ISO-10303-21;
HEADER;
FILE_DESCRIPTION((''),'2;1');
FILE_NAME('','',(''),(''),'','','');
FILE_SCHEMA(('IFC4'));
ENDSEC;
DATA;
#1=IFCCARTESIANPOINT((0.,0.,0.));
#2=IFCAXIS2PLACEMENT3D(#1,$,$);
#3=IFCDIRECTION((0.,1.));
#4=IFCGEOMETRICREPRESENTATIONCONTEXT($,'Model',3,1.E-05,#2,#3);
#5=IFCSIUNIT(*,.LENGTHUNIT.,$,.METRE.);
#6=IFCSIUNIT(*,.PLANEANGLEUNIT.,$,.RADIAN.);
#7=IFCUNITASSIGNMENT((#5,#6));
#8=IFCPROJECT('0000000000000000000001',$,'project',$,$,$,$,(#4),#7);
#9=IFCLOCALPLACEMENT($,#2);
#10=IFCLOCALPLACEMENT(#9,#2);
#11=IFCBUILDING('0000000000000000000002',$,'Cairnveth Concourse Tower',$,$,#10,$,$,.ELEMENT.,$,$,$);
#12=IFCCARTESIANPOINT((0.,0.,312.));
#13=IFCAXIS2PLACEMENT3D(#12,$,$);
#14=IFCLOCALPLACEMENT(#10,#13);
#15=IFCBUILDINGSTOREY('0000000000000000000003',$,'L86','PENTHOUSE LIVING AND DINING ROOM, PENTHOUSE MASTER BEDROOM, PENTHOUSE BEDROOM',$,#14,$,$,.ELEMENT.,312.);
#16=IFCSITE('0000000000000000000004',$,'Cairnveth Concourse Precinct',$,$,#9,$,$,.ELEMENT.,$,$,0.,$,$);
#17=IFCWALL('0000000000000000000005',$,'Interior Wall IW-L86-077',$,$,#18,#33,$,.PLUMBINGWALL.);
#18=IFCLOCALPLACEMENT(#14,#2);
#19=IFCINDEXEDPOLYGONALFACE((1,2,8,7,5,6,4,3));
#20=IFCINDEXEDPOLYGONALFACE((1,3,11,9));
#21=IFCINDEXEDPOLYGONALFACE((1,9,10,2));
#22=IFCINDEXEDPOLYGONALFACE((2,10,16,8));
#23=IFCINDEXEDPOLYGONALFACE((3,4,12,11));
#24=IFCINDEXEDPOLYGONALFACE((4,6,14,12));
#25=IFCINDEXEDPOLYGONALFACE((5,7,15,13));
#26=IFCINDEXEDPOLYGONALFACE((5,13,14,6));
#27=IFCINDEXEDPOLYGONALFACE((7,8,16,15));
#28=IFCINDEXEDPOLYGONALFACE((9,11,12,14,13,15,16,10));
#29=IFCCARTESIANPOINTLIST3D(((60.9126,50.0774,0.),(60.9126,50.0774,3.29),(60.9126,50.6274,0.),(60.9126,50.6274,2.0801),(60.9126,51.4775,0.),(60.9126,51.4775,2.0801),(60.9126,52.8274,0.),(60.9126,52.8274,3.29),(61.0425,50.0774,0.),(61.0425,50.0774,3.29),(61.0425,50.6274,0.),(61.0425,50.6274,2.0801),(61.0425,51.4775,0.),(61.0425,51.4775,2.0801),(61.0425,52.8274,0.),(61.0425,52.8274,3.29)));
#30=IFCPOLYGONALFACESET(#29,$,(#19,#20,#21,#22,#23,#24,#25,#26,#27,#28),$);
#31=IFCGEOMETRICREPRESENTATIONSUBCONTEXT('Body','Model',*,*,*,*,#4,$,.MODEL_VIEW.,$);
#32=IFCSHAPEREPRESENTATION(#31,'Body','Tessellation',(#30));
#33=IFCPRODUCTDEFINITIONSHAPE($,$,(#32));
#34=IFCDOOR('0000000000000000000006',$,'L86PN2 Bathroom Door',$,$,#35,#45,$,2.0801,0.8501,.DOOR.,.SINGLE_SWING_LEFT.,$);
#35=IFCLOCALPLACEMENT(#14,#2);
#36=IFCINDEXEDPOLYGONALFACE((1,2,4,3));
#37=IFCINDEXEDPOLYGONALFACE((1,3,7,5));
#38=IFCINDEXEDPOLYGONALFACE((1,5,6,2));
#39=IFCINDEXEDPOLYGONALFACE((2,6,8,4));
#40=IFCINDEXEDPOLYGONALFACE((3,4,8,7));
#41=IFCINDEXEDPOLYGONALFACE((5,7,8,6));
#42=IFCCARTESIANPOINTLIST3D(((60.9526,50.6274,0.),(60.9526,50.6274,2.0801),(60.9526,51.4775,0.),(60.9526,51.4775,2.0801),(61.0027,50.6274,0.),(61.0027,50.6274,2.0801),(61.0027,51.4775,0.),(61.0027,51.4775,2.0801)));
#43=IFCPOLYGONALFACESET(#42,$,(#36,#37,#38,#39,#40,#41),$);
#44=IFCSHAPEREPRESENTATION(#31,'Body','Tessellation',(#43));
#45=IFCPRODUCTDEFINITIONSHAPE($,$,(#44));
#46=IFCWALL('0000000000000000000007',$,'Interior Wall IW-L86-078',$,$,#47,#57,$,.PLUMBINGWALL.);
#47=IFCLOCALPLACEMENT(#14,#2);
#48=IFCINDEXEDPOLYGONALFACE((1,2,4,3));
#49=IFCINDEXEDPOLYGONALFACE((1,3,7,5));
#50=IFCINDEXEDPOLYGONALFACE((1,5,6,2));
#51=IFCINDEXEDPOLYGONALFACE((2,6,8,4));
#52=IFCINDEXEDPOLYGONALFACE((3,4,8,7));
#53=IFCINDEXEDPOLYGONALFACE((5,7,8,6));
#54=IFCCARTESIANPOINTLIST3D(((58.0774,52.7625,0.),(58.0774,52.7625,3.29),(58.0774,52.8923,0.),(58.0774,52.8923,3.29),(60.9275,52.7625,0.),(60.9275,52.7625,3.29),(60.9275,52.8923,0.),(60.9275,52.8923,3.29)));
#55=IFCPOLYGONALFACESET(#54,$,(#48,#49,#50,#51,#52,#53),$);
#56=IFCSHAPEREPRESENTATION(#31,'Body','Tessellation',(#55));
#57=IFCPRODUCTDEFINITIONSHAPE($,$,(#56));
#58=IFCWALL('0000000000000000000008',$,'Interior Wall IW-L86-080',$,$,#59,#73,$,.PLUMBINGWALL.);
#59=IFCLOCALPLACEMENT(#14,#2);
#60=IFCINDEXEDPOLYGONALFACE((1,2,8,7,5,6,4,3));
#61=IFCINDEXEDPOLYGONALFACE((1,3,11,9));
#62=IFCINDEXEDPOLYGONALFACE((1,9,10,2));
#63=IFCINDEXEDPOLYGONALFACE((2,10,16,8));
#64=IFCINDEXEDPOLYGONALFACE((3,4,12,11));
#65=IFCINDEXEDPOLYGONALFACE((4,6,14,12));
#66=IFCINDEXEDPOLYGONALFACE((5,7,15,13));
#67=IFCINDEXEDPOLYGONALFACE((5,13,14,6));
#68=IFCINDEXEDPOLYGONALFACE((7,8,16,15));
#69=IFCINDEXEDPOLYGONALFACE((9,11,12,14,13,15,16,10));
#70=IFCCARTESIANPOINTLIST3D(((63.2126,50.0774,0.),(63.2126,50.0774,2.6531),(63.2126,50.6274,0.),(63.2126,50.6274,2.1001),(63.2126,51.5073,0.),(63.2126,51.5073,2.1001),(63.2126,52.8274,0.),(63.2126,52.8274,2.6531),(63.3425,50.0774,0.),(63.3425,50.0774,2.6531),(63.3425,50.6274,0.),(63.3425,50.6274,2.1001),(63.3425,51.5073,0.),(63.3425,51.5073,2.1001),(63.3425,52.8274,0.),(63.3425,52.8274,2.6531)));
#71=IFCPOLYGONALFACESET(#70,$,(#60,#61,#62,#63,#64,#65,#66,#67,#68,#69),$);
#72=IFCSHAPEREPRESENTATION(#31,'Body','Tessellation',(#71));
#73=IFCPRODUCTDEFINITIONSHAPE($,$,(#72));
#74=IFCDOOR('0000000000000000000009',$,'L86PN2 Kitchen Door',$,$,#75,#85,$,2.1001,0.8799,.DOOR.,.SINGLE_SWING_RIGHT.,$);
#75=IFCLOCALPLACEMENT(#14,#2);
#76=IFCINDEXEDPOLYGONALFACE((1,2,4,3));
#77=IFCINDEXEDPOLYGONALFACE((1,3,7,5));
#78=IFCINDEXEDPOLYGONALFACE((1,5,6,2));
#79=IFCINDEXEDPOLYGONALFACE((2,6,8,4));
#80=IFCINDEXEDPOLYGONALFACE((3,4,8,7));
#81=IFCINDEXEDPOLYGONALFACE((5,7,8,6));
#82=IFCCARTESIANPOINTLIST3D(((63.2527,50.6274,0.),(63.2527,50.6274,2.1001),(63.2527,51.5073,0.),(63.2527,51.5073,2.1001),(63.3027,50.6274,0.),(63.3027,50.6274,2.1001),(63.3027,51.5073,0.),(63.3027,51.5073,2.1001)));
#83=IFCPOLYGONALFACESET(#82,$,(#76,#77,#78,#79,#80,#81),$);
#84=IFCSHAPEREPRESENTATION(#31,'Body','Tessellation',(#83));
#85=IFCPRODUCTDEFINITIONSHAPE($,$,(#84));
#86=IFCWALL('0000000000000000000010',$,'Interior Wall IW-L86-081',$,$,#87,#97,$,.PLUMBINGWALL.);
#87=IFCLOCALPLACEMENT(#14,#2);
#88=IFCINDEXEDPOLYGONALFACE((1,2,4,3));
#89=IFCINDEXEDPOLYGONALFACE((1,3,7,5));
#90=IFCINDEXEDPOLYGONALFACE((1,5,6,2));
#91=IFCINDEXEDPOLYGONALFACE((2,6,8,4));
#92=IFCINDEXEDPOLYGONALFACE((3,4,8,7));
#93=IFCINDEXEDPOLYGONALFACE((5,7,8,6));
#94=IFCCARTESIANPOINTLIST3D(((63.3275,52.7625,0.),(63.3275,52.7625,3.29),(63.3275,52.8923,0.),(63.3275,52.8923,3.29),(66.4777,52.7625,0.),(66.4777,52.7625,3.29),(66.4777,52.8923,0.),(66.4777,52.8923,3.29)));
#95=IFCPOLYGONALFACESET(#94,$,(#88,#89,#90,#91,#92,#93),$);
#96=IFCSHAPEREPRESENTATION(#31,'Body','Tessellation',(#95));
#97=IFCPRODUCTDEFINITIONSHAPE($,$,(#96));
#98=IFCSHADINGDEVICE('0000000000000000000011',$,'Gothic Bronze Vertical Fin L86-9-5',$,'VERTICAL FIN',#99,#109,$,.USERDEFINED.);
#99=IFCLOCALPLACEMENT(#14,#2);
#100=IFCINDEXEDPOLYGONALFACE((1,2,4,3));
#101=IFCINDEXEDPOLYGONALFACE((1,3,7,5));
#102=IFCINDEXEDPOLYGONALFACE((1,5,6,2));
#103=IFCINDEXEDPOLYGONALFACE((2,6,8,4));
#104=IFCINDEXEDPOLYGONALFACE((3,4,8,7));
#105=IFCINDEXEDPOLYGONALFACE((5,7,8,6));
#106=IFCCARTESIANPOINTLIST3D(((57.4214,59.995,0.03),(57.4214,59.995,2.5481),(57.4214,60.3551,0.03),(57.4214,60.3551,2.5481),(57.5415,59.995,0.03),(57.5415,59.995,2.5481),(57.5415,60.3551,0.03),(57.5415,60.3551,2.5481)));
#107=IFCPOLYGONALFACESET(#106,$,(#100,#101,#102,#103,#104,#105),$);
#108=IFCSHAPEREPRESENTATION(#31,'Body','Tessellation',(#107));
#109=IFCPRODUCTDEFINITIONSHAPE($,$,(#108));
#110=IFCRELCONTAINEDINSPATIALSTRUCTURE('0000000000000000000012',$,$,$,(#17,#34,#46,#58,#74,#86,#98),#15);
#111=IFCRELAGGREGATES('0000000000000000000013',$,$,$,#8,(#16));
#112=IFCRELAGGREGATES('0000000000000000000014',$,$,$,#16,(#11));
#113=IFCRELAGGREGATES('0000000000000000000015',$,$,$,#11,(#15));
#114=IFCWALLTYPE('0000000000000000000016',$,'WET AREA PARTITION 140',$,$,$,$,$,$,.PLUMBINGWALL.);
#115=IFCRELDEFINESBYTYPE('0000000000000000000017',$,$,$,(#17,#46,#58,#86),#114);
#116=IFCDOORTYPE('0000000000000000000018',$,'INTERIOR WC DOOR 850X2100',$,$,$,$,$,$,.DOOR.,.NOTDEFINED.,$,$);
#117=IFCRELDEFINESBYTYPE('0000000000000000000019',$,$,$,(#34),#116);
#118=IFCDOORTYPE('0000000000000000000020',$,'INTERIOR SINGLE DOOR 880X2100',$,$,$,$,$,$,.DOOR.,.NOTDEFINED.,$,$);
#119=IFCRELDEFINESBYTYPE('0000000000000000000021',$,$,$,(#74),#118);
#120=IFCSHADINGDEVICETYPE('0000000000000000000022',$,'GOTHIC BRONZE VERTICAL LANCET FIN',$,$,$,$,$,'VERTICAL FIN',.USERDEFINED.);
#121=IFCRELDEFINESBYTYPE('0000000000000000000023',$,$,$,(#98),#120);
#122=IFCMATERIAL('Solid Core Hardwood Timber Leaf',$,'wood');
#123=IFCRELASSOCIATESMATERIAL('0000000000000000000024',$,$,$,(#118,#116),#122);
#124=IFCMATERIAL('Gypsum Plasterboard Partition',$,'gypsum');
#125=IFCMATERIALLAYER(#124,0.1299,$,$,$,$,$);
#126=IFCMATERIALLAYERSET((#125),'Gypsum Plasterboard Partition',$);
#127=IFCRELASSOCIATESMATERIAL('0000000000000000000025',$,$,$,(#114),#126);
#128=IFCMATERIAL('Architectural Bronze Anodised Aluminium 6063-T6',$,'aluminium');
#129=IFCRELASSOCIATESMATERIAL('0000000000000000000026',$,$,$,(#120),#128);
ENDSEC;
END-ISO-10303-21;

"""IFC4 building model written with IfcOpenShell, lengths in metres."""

from ifc_helpers import new_model, si_unit, direction, frame, frame_2d, origin, origin_2d, place, context, subcontext, project, spatial, rectangle, extrude, material, layer, layer_set, type_object, element, fill, save


model = new_model("IFC4")

# Units and contexts
model_context = context("Model", 3, precision=1e-05, world=origin(), true_north=direction((0.0, 1.0)))
body_context = subcontext(model_context, "Body", "Model", "MODEL_VIEW")
ifc_project = project(units=[si_unit("LENGTHUNIT", "METRE"), si_unit("PLANEANGLEUNIT", "RADIAN")], contexts=[model_context])

# Site, building, storey
site_placement = place(None, origin())
site = spatial("IfcSite", under=ifc_project, at=site_placement, Name="Cairnveth Concourse Precinct", CompositionType="ELEMENT", RefElevation=0.0)
building_placement = place(site_placement, origin())
building = spatial("IfcBuilding", under=site, at=building_placement, Name="Cairnveth Concourse Tower", CompositionType="ELEMENT")
storey_placement = place(building_placement, frame((0.0, 0.0, 312.0)))
storey = spatial("IfcBuildingStorey", under=building, at=storey_placement, Name="L86", Description="PENTHOUSE LIVING AND DINING ROOM, PENTHOUSE MASTER BEDROOM, PENTHOUSE BEDROOM", CompositionType="ELEMENT", Elevation=312.0)

# Shared definitions
ifc_material_1 = material(Name="Gypsum Plasterboard Partition", Category="gypsum")

# Shared definitions
ifc_material_2 = material(Name="Solid Core Hardwood Timber Leaf", Category="wood")
door_type_1 = type_object("IfcDoorType", Name="INTERIOR SINGLE DOOR 880X2100", OperationType="NOTDEFINED", PredefinedType="DOOR", material=ifc_material_2)

# Shared definitions
ifc_layer_1 = layer(ifc_material_1, 0.1299)
ifc_layer_set_1 = layer_set([ifc_layer_1], Name="Gypsum Plasterboard Partition")
wall_type_1 = type_object("IfcWallType", Name="WET AREA PARTITION 140", PredefinedType="PLUMBINGWALL", material=ifc_layer_set_1)

# Wall, opening, door
wall_1_placement = place(storey_placement, frame((60.9775, 50.0774, 0.0), z_axis=(0.0, 0.0, 1.0), x_axis=(0.0, 1.0, 0.0)))
wall_1 = element("IfcWall", 1, at=wall_1_placement, inside=storey, type_object=wall_type_1, Name="Interior Wall IW-L86-077", PredefinedType="PLUMBINGWALL", context=body_context, shape_type="SweptSolid", body=[
    extrude(rectangle(XDim=2.75, YDim=0.1299, at=frame_2d((1.375, 0.0))), origin(), (0.0, 0.0, 1.0), 3.29),
])
opening_1_placement = place(wall_1_placement, frame((0.55, 0.0, 0.0)))
opening_1 = element("IfcOpeningElement", 2, at=opening_1_placement, cuts=wall_1, PredefinedType="OPENING", context=body_context, shape_type="SweptSolid", body=[
    extrude(rectangle(XDim=0.8501, YDim=2.0801, at=frame_2d((0.425, 1.04))), frame((0.0, 0.075, 0.0), z_axis=(0.0, -1.0, 0.0), x_axis=(1.0, 0.0, 0.0)), (0.0, 0.0, 1.0), 0.1499),
])
door_type_2 = type_object("IfcDoorType", Name="INTERIOR WC DOOR 850X2100", OperationType="NOTDEFINED", PredefinedType="DOOR", material=ifc_material_2)
door_1_placement = place(opening_1_placement, origin())
door_1 = element("IfcDoor", 3, at=door_1_placement, inside=storey, type_object=door_type_2, Name="L86PN2 Bathroom Door", OperationType="SINGLE_SWING_LEFT", OverallHeight=2.0801, OverallWidth=0.8501, PredefinedType="DOOR", context=body_context, shape_type="SweptSolid", body=[
    extrude(rectangle(XDim=0.8501, YDim=2.0801, at=frame_2d((0.425, 1.04))), frame((0.0, 0.0249, 0.0), z_axis=(0.0, -1.0, 0.0), x_axis=(1.0, 0.0, 0.0)), (0.0, 0.0, 1.0), 0.05),
])
fill(opening_1, door_1)

# Wall
wall_2_placement = place(storey_placement, frame((58.0774, 52.8274, 0.0), z_axis=(0.0, 0.0, 1.0), x_axis=(1.0, 0.0, 0.0)))
element("IfcWall", 4, at=wall_2_placement, inside=storey, type_object=wall_type_1, Name="Interior Wall IW-L86-078", PredefinedType="PLUMBINGWALL", context=body_context, shape_type="SweptSolid", body=[
    extrude(rectangle(XDim=2.8501, YDim=0.1299, at=frame_2d((1.425, 0.0))), origin(), (0.0, 0.0, 1.0), 3.29),
])

# Wall, opening, door
wall_3_placement = place(storey_placement, frame((63.2776, 50.0774, 0.0), z_axis=(0.0, 0.0, 1.0), x_axis=(0.0, 1.0, 0.0)))
wall_3 = element("IfcWall", 5, at=wall_3_placement, inside=storey, type_object=wall_type_1, Name="Interior Wall IW-L86-080", PredefinedType="PLUMBINGWALL", context=body_context, shape_type="SweptSolid", body=[
    extrude(rectangle(XDim=2.75, YDim=0.1299, at=frame_2d((1.375, 0.0))), origin(), (0.0, 0.0, 1.0), 2.6531),
])
opening_2_placement = place(wall_3_placement, frame((0.55, 0.0, 0.0)))
opening_2 = element("IfcOpeningElement", 6, at=opening_2_placement, cuts=wall_3, PredefinedType="OPENING", context=body_context, shape_type="SweptSolid", body=[
    extrude(rectangle(XDim=0.8799, YDim=2.1001, at=frame_2d((0.4399, 1.05))), frame((0.0, 0.075, 0.0), z_axis=(0.0, -1.0, 0.0), x_axis=(1.0, 0.0, 0.0)), (0.0, 0.0, 1.0), 0.1499),
])
door_2_placement = place(opening_2_placement, origin())
door_2 = element("IfcDoor", 7, at=door_2_placement, inside=storey, type_object=door_type_1, Name="L86PN2 Kitchen Door", OperationType="SINGLE_SWING_RIGHT", OverallHeight=2.1001, OverallWidth=0.8799, PredefinedType="DOOR", context=body_context, shape_type="SweptSolid", body=[
    extrude(rectangle(XDim=0.8799, YDim=2.1001, at=frame_2d((0.4399, 1.05))), frame((0.0, 0.0249, 0.0), z_axis=(0.0, -1.0, 0.0), x_axis=(1.0, 0.0, 0.0)), (0.0, 0.0, 1.0), 0.05),
])
fill(opening_2, door_2)

# Wall
wall_4_placement = place(storey_placement, frame((63.3274, 52.8274, 0.0), z_axis=(0.0, 0.0, 1.0), x_axis=(1.0, 0.0, 0.0)))
element("IfcWall", 8, at=wall_4_placement, inside=storey, type_object=wall_type_1, Name="Interior Wall IW-L86-081", PredefinedType="PLUMBINGWALL", context=body_context, shape_type="SweptSolid", body=[
    extrude(rectangle(XDim=3.1501, YDim=0.1299, at=frame_2d((1.5752, 0.0))), origin(), (0.0, 0.0, 1.0), 3.29),
])

# Shading device
ifc_material_3 = material(Name="Architectural Bronze Anodised Aluminium 6063-T6", Category="aluminium")
shading_device_type = type_object("IfcShadingDeviceType", Name="GOTHIC BRONZE VERTICAL LANCET FIN", ElementType="VERTICAL FIN", PredefinedType="USERDEFINED", material=ifc_material_3)
shading_device_placement = place(storey_placement, frame((57.4814, 60.175, 0.03), z_axis=(0.0, 0.0, 1.0), x_axis=(1.0, 0.0, 0.0)))
element("IfcShadingDevice", 9, at=shading_device_placement, inside=storey, type_object=shading_device_type, Name="Gothic Bronze Vertical Fin L86-9-5", ObjectType="VERTICAL FIN", PredefinedType="USERDEFINED", context=body_context, shape_type="SweptSolid", body=[
    extrude(rectangle(XDim=0.1201, YDim=0.3601, at=origin_2d()), origin(), (0.0, 0.0, 1.0), 2.5181),
])

save(model, "model.ifc")
